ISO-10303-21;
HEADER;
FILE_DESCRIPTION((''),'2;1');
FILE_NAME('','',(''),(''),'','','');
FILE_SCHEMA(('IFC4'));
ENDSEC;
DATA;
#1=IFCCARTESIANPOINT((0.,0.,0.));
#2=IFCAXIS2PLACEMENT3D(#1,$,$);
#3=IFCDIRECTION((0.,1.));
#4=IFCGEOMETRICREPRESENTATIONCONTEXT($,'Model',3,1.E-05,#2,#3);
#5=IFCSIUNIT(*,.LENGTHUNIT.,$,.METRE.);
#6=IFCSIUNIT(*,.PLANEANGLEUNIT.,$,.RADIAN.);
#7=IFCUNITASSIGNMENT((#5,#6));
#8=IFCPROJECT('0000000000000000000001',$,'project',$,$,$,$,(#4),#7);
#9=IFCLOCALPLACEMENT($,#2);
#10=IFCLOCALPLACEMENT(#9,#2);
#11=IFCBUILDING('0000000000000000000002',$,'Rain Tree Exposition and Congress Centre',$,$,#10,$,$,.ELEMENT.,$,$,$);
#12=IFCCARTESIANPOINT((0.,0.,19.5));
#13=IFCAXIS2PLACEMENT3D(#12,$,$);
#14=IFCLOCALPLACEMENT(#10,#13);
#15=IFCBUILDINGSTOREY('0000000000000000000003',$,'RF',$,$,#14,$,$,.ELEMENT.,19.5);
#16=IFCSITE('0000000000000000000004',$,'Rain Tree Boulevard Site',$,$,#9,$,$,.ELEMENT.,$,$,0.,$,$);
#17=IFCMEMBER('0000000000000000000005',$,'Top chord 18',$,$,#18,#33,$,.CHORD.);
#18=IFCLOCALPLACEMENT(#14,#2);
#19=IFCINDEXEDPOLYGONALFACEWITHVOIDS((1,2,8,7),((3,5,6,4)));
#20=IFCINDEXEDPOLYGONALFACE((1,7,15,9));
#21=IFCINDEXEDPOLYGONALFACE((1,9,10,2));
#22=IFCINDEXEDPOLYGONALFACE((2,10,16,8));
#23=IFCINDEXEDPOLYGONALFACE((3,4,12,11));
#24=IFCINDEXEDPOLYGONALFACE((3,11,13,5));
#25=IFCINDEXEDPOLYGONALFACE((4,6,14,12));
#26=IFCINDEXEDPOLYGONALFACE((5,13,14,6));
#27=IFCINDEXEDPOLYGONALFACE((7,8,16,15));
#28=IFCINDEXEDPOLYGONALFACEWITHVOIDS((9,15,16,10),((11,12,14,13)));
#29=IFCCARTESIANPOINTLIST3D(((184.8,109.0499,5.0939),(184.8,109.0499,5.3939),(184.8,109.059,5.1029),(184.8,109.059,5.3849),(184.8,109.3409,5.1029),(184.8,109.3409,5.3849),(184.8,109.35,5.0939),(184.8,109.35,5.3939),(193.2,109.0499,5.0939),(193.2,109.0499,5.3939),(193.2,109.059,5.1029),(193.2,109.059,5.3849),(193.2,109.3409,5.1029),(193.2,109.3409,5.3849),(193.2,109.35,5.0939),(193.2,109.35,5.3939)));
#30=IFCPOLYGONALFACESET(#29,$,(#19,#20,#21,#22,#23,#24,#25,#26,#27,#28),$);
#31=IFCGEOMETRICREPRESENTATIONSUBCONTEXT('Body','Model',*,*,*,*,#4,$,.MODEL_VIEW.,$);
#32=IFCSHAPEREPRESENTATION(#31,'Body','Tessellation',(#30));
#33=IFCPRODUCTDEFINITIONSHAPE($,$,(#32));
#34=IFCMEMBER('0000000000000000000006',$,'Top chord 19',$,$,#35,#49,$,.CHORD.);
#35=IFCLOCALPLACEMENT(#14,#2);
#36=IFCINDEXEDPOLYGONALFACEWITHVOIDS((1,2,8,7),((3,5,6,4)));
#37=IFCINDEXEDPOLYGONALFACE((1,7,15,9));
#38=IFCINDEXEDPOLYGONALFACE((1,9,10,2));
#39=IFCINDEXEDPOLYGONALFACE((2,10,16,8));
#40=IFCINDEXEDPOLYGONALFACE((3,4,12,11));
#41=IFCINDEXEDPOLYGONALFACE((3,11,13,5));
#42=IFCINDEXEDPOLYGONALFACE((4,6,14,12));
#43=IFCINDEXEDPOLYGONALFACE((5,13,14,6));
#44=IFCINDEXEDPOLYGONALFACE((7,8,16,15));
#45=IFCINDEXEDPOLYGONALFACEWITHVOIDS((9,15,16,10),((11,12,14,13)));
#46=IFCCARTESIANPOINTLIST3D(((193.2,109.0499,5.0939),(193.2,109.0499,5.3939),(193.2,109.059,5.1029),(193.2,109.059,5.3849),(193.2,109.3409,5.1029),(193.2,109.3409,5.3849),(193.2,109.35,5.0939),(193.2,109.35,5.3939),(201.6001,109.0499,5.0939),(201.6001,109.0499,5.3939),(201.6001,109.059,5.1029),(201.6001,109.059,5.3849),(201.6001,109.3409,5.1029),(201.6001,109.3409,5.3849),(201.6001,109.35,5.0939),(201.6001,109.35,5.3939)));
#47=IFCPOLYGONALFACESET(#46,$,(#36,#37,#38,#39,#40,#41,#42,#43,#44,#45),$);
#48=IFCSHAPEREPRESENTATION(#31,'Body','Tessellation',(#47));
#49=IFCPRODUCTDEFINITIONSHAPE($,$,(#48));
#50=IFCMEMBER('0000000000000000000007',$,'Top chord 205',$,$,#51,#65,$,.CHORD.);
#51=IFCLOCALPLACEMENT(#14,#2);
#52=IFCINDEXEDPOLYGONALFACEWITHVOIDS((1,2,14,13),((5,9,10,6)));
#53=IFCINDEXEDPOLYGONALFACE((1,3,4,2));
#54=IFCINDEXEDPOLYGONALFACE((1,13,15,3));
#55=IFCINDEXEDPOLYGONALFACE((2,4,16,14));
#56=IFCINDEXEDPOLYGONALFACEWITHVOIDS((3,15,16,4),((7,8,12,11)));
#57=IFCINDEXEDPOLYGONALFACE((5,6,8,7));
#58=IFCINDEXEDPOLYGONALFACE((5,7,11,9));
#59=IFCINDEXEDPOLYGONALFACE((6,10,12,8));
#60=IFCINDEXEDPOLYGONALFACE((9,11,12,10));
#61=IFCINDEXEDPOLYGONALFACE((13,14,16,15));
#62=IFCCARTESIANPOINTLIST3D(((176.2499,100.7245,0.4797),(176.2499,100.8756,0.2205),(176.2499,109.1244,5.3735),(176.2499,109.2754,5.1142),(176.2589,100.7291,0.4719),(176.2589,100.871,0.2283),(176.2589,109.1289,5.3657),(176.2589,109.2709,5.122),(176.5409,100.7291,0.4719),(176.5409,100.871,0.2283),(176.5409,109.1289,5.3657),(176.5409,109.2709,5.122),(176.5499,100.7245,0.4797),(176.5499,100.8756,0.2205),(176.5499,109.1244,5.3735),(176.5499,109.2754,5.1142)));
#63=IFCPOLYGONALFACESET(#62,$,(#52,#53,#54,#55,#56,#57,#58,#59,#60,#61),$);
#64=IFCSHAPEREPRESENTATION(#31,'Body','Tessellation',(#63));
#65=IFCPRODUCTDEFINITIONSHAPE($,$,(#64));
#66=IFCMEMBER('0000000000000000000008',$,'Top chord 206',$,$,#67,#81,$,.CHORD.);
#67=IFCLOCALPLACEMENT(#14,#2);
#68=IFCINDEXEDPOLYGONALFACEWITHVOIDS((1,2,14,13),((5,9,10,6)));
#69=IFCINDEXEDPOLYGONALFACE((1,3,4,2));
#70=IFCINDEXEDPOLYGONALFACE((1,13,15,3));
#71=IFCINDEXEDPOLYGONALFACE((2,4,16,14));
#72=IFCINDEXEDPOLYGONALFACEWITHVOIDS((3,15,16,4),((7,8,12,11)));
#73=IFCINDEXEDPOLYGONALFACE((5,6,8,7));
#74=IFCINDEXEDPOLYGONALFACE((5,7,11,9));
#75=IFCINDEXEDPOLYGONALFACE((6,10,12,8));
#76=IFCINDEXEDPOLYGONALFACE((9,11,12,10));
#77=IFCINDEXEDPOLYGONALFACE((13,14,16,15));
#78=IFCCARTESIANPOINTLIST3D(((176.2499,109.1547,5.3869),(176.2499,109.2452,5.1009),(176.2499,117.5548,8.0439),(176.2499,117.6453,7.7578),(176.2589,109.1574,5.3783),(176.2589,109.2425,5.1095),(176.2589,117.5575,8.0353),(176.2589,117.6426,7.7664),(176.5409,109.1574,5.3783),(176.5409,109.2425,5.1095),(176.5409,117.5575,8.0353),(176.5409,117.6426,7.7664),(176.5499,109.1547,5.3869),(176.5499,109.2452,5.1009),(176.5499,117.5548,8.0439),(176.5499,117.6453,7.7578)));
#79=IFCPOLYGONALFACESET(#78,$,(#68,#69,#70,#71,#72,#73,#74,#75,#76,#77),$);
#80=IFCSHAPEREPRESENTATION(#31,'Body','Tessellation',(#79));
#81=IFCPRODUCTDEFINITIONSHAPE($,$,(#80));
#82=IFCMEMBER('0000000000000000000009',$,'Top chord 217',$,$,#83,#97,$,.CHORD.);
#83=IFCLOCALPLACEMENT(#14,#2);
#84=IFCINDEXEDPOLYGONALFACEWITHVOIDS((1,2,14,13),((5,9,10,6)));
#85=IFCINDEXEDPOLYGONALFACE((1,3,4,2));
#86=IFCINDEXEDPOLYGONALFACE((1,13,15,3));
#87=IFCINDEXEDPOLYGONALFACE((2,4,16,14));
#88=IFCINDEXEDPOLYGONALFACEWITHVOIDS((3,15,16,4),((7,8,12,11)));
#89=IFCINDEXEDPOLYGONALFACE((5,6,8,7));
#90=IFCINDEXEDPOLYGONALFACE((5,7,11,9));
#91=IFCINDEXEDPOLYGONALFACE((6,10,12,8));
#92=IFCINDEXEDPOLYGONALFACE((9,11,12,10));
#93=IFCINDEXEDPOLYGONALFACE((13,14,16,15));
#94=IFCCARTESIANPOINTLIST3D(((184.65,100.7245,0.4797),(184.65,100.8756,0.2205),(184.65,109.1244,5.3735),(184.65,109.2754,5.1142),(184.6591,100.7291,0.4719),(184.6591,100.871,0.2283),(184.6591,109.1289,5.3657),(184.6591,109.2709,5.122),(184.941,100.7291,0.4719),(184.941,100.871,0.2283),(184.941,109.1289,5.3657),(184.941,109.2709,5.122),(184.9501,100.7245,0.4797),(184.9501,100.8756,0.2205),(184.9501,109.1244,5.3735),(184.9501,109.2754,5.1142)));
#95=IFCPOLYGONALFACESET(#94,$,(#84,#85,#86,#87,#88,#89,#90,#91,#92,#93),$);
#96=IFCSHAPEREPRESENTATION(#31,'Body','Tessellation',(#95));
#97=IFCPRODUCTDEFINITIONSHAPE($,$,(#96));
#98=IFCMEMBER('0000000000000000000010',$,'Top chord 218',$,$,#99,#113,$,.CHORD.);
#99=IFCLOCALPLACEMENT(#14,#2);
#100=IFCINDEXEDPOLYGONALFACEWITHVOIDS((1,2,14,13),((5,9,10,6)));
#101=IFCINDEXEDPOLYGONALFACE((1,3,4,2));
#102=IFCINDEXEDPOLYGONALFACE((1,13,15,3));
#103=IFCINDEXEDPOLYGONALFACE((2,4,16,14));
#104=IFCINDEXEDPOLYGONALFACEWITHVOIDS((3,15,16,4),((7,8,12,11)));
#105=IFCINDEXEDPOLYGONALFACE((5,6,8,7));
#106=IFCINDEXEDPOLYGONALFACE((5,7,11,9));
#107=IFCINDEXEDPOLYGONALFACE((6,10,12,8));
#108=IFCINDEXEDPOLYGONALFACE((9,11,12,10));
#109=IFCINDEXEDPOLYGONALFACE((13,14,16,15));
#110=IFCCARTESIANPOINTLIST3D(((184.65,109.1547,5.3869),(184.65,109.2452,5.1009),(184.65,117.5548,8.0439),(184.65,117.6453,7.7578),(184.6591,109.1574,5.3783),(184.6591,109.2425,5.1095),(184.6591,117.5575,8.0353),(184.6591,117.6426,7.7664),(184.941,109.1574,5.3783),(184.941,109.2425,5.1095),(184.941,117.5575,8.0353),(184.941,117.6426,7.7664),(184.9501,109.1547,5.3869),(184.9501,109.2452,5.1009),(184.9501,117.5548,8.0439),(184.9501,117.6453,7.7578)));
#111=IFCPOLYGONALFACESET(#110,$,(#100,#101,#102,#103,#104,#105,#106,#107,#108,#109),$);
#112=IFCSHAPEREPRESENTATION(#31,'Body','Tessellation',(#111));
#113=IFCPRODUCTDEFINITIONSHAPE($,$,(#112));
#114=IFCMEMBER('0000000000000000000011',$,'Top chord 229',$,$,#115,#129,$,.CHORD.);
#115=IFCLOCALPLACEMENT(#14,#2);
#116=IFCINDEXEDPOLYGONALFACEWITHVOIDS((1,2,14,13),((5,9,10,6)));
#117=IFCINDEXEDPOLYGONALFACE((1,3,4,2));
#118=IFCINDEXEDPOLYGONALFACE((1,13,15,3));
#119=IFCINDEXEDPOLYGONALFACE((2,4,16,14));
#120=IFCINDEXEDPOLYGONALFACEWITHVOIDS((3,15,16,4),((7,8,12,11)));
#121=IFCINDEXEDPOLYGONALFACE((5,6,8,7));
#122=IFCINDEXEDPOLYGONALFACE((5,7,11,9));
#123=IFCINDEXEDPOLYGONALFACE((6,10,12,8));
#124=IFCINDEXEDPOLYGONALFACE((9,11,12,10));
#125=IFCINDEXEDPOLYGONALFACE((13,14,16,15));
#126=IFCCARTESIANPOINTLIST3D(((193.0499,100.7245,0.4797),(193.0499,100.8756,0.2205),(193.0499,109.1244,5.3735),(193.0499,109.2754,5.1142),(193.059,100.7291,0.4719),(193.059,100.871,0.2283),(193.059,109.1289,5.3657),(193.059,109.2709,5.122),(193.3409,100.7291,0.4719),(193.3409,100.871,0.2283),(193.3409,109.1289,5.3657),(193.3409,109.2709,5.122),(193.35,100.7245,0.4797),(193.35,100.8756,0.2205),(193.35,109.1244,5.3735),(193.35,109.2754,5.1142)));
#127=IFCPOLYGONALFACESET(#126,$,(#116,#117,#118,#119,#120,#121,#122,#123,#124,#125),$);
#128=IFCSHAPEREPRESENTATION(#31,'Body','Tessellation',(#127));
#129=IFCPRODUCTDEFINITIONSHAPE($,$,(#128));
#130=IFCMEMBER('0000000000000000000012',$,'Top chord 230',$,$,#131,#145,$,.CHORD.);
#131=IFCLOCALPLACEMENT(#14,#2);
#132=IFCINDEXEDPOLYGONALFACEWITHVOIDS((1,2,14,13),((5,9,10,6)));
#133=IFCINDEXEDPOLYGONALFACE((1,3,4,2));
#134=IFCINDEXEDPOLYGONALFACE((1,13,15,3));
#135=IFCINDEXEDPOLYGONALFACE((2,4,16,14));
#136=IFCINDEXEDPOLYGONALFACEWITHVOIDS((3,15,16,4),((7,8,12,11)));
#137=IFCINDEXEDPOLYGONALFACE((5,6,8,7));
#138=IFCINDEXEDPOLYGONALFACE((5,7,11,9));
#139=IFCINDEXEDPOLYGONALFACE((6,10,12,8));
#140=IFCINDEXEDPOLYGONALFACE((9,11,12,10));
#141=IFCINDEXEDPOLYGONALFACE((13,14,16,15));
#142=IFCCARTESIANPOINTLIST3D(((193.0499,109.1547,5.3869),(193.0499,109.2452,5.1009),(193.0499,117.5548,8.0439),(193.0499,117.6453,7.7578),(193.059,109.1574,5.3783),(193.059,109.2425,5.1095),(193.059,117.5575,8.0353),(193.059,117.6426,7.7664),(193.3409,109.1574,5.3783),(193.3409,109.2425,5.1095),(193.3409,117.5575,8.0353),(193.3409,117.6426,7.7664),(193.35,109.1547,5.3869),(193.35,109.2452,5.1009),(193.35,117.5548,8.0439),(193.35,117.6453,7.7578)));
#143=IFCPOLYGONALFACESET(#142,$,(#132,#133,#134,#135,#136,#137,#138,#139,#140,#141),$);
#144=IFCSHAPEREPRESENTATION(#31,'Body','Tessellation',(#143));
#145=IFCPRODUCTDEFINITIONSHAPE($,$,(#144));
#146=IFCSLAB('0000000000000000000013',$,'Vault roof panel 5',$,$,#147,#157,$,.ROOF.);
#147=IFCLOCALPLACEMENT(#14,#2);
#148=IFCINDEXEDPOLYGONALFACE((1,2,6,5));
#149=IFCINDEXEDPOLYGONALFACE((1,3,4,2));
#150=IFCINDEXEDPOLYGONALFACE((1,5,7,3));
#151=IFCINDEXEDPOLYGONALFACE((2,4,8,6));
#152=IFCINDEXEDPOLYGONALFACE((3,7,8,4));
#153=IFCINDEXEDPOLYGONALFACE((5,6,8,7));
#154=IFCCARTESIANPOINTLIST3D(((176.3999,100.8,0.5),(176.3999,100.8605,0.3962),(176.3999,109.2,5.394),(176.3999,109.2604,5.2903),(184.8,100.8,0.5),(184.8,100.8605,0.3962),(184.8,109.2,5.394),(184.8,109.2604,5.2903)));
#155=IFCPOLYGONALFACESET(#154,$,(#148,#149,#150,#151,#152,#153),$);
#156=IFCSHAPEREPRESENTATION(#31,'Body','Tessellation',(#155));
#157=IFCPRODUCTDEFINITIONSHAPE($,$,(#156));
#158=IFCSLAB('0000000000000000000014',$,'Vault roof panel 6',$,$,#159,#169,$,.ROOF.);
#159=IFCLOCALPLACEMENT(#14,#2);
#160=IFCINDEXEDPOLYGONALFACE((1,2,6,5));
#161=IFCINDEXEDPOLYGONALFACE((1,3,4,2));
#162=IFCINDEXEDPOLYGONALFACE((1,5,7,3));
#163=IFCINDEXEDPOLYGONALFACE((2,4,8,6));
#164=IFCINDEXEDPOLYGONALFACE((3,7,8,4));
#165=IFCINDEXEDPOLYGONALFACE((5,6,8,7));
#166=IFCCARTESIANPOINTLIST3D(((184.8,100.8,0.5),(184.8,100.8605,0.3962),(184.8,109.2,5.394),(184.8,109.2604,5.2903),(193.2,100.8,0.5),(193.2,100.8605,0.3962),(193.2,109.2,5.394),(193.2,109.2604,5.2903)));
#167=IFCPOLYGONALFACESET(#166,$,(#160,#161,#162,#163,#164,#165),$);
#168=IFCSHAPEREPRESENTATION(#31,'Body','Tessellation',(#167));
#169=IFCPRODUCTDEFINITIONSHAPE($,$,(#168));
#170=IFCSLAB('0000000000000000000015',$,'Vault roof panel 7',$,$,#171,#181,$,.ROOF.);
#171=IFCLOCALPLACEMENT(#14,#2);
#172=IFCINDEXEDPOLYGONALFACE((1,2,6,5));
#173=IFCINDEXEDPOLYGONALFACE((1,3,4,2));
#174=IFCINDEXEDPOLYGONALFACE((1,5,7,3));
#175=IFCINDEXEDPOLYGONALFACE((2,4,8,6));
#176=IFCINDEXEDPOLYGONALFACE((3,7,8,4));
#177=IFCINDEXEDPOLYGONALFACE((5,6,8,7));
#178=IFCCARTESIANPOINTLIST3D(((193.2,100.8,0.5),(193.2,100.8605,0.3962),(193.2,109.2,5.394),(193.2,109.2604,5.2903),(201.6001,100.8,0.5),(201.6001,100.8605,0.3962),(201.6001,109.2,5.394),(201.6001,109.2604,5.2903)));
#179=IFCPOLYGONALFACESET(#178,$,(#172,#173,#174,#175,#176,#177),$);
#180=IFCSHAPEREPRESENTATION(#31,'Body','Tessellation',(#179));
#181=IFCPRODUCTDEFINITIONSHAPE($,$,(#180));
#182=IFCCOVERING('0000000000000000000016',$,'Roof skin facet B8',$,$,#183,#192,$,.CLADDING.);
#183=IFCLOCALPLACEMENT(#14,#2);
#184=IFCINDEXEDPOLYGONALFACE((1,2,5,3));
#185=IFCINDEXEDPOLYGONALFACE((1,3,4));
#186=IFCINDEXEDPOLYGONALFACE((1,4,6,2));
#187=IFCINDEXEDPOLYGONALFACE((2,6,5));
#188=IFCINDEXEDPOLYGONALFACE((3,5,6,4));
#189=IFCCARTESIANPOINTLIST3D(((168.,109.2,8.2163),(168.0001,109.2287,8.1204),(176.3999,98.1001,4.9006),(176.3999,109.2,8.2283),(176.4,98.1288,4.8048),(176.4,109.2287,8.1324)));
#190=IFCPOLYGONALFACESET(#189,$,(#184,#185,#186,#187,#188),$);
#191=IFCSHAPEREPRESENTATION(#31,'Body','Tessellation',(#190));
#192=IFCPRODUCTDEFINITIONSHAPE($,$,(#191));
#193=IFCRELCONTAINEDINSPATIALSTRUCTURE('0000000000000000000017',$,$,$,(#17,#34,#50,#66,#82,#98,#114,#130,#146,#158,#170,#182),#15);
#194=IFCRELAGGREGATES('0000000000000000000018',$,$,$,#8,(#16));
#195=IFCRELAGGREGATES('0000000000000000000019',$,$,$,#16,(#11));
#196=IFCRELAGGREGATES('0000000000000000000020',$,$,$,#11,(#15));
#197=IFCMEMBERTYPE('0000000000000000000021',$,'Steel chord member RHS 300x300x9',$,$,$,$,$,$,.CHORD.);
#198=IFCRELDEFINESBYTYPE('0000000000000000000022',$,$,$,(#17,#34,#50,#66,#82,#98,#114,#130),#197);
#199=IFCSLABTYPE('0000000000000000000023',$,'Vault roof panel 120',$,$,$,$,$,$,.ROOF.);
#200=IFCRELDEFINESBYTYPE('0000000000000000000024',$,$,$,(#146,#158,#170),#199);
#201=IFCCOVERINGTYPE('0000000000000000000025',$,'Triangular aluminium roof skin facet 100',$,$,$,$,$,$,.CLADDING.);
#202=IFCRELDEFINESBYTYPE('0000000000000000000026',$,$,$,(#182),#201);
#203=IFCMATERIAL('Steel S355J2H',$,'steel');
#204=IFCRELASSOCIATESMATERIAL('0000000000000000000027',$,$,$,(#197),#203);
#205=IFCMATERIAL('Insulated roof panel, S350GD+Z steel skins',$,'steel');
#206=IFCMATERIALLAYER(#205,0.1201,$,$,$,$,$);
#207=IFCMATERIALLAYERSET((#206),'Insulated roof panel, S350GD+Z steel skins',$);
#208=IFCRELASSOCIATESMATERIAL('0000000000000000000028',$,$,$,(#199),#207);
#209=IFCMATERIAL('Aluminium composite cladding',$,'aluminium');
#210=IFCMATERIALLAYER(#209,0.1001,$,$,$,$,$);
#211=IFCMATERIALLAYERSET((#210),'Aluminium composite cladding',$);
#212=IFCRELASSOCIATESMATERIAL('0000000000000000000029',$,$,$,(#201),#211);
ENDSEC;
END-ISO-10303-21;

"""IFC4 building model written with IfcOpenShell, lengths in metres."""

from ifc_helpers import new_model, si_unit, direction, frame, origin, origin_2d, place, context, subcontext, project, spatial, polyline, hollow_rectangle, outline, extrude, material, layer, layer_set, material_profile, profile_set, type_object, element, save


model = new_model("IFC4")

# Units and contexts
model_context = context("Model", 3, precision=1e-05, world=origin(), true_north=direction((0.0, 1.0)))
body_context = subcontext(model_context, "Body", "Model", "MODEL_VIEW")
ifc_project = project(units=[si_unit("LENGTHUNIT", "METRE"), si_unit("PLANEANGLEUNIT", "RADIAN")], contexts=[model_context])

# Site, building, storey
site_placement = place(None, origin())
site = spatial("IfcSite", under=ifc_project, at=site_placement, Name="Rain Tree Boulevard Site", CompositionType="ELEMENT", RefElevation=0.0)
building_placement = place(site_placement, origin())
building = spatial("IfcBuilding", under=site, at=building_placement, Name="Rain Tree Exposition and Congress Centre", CompositionType="ELEMENT")
storey_placement = place(building_placement, frame((0.0, 0.0, 19.5)))
storey = spatial("IfcBuildingStorey", under=building, at=storey_placement, Name="RF", CompositionType="ELEMENT", Elevation=19.5)

# Members
ifc_material_1 = material(Name="Steel S355J2H", Category="steel")
ifc_material_profile_1 = material_profile(ifc_material_1, hollow_rectangle(XDim=0.3, YDim=0.3, WallThickness=0.009, at=origin_2d()), Name="RHS 300x300x9")
ifc_profile_set_1 = profile_set([ifc_material_profile_1], Name="Steel S355J2H")
member_type_1 = type_object("IfcMemberType", Name="Steel chord member RHS 300x300x9", PredefinedType="CHORD", material=ifc_profile_set_1)
member_1_placement = place(storey_placement, frame((184.8, 109.2, 5.2439), z_axis=(1.0, 0.0, 0.0), x_axis=(0.0, 1.0, 0.0)))
element("IfcMember", 1, at=member_1_placement, inside=storey, type_object=member_type_1, Name="Top chord 18", PredefinedType="CHORD", context=body_context, shape_type="SweptSolid", body=[
    extrude(hollow_rectangle(XDim=0.3, YDim=0.3, WallThickness=0.009, at=origin_2d()), origin(), (0.0, 0.0, 1.0), 8.3999),
])
member_2_placement = place(storey_placement, frame((193.2, 109.2, 5.2439), z_axis=(1.0, 0.0, 0.0), x_axis=(0.0, 1.0, 0.0)))
element("IfcMember", 2, at=member_2_placement, inside=storey, type_object=member_type_1, Name="Top chord 19", PredefinedType="CHORD", context=body_context, shape_type="SweptSolid", body=[
    extrude(hollow_rectangle(XDim=0.3, YDim=0.3, WallThickness=0.009, at=origin_2d()), origin(), (0.0, 0.0, 1.0), 8.4001),
])
member_3_placement = place(storey_placement, frame((176.3999, 100.8, 0.3501), z_axis=(0.0, 0.864054, 0.503399), x_axis=(-1.0, 0.0, 0.0)))
element("IfcMember", 3, at=member_3_placement, inside=storey, type_object=member_type_1, Name="Top chord 205", PredefinedType="CHORD", context=body_context, shape_type="SweptSolid", body=[
    extrude(hollow_rectangle(XDim=0.3, YDim=0.3, WallThickness=0.009, at=origin_2d()), origin(), (0.0, 0.0, 1.0), 9.7214),
])
member_4_placement = place(storey_placement, frame((176.3999, 109.2, 5.2439), z_axis=(0.0, 0.953442, 0.301576), x_axis=(-1.0, 0.0, 0.0)))
element("IfcMember", 4, at=member_4_placement, inside=storey, type_object=member_type_1, Name="Top chord 206", PredefinedType="CHORD", context=body_context, shape_type="SweptSolid", body=[
    extrude(hollow_rectangle(XDim=0.3, YDim=0.3, WallThickness=0.009, at=origin_2d()), origin(), (0.0, 0.0, 1.0), 8.8103),
])
member_5_placement = place(storey_placement, frame((184.8, 100.8, 0.3501), z_axis=(0.0, 0.864054, 0.503399), x_axis=(-1.0, 0.0, 0.0)))
element("IfcMember", 5, at=member_5_placement, inside=storey, type_object=member_type_1, Name="Top chord 217", PredefinedType="CHORD", context=body_context, shape_type="SweptSolid", body=[
    extrude(hollow_rectangle(XDim=0.3, YDim=0.3, WallThickness=0.009, at=origin_2d()), origin(), (0.0, 0.0, 1.0), 9.7214),
])
member_6_placement = place(storey_placement, frame((184.8, 109.2, 5.2439), z_axis=(0.0, 0.953442, 0.301576), x_axis=(-1.0, 0.0, 0.0)))
element("IfcMember", 6, at=member_6_placement, inside=storey, type_object=member_type_1, Name="Top chord 218", PredefinedType="CHORD", context=body_context, shape_type="SweptSolid", body=[
    extrude(hollow_rectangle(XDim=0.3, YDim=0.3, WallThickness=0.009, at=origin_2d()), origin(), (0.0, 0.0, 1.0), 8.8103),
])
member_7_placement = place(storey_placement, frame((193.2, 100.8, 0.3501), z_axis=(0.0, 0.864054, 0.503399), x_axis=(-1.0, 0.0, 0.0)))
element("IfcMember", 7, at=member_7_placement, inside=storey, type_object=member_type_1, Name="Top chord 229", PredefinedType="CHORD", context=body_context, shape_type="SweptSolid", body=[
    extrude(hollow_rectangle(XDim=0.3, YDim=0.3, WallThickness=0.009, at=origin_2d()), origin(), (0.0, 0.0, 1.0), 9.7214),
])
member_8_placement = place(storey_placement, frame((193.2, 109.2, 5.2439), z_axis=(0.0, 0.953442, 0.301576), x_axis=(-1.0, 0.0, 0.0)))
element("IfcMember", 8, at=member_8_placement, inside=storey, type_object=member_type_1, Name="Top chord 230", PredefinedType="CHORD", context=body_context, shape_type="SweptSolid", body=[
    extrude(hollow_rectangle(XDim=0.3, YDim=0.3, WallThickness=0.009, at=origin_2d()), origin(), (0.0, 0.0, 1.0), 8.8103),
])

# Slabs
ifc_material_2 = material(Name="Insulated roof panel, S350GD+Z steel skins", Category="steel")
ifc_layer_1 = layer(ifc_material_2, 0.1201)
ifc_layer_set_1 = layer_set([ifc_layer_1], Name="Insulated roof panel, S350GD+Z steel skins")
slab_type = type_object("IfcSlabType", Name="Vault roof panel 120", PredefinedType="ROOF", material=ifc_layer_set_1)
slab_1_placement = place(storey_placement, frame((176.3999, 100.8, 0.5), z_axis=(0.0, -0.503418, 0.864043), x_axis=(1.0, 0.0, 0.0)))
element("IfcSlab", 9, at=slab_1_placement, inside=storey, type_object=slab_type, Name="Vault roof panel 5", PredefinedType="ROOF", context=body_context, shape_type="SweptSolid", body=[
    extrude(outline(polyline([(0.0, 0.0), (8.4001, 0.0), (8.4001, 9.7216), (0.0, 9.7216), (0.0, 0.0)])), origin(), (0.0, 0.0, -1.0), 0.1201),
])
slab_2_placement = place(storey_placement, frame((184.8, 100.8, 0.5), z_axis=(0.0, -0.503418, 0.864043), x_axis=(1.0, 0.0, 0.0)))
element("IfcSlab", 10, at=slab_2_placement, inside=storey, type_object=slab_type, Name="Vault roof panel 6", PredefinedType="ROOF", context=body_context, shape_type="SweptSolid", body=[
    extrude(outline(polyline([(0.0, 0.0), (8.3999, 0.0), (8.3999, 9.7216), (0.0, 9.7216), (0.0, 0.0)])), origin(), (0.0, 0.0, -1.0), 0.1201),
])
slab_3_placement = place(storey_placement, frame((193.2, 100.8, 0.5), z_axis=(0.0, -0.503418, 0.864043), x_axis=(1.0, 0.0, 0.0)))
element("IfcSlab", 11, at=slab_3_placement, inside=storey, type_object=slab_type, Name="Vault roof panel 7", PredefinedType="ROOF", context=body_context, shape_type="SweptSolid", body=[
    extrude(outline(polyline([(0.0, 0.0), (8.4001, 0.0), (8.4001, 9.7216), (0.0, 9.7216), (0.0, 0.0)])), origin(), (0.0, 0.0, -1.0), 0.1201),
])

# Covering
ifc_material_3 = material(Name="Aluminium composite cladding", Category="aluminium")
ifc_layer_2 = layer(ifc_material_3, 0.1001)
ifc_layer_set_2 = layer_set([ifc_layer_2], Name="Aluminium composite cladding")
covering_type = type_object("IfcCoveringType", Name="Triangular aluminium roof skin facet 100", PredefinedType="CLADDING", material=ifc_layer_set_2)
covering_1_placement = place(storey_placement, frame((176.3999, 98.1001, 4.9006), z_axis=(-0.001364, -0.287164, 0.95788), x_axis=(0.0, 0.957881, 0.287164)))
element("IfcCovering", 12, at=covering_1_placement, inside=storey, type_object=covering_type, Name="Roof skin facet B8", PredefinedType="CLADDING", context=body_context, shape_type="SweptSolid", body=[
    extrude(outline(polyline([(0.0, 0.0), (11.5879, 0.0), (11.5845, 8.3999), (0.0, 0.0)])), origin(), (0.0, 0.0, -1.0), 0.1001),
])

save(model, "model.ifc")
